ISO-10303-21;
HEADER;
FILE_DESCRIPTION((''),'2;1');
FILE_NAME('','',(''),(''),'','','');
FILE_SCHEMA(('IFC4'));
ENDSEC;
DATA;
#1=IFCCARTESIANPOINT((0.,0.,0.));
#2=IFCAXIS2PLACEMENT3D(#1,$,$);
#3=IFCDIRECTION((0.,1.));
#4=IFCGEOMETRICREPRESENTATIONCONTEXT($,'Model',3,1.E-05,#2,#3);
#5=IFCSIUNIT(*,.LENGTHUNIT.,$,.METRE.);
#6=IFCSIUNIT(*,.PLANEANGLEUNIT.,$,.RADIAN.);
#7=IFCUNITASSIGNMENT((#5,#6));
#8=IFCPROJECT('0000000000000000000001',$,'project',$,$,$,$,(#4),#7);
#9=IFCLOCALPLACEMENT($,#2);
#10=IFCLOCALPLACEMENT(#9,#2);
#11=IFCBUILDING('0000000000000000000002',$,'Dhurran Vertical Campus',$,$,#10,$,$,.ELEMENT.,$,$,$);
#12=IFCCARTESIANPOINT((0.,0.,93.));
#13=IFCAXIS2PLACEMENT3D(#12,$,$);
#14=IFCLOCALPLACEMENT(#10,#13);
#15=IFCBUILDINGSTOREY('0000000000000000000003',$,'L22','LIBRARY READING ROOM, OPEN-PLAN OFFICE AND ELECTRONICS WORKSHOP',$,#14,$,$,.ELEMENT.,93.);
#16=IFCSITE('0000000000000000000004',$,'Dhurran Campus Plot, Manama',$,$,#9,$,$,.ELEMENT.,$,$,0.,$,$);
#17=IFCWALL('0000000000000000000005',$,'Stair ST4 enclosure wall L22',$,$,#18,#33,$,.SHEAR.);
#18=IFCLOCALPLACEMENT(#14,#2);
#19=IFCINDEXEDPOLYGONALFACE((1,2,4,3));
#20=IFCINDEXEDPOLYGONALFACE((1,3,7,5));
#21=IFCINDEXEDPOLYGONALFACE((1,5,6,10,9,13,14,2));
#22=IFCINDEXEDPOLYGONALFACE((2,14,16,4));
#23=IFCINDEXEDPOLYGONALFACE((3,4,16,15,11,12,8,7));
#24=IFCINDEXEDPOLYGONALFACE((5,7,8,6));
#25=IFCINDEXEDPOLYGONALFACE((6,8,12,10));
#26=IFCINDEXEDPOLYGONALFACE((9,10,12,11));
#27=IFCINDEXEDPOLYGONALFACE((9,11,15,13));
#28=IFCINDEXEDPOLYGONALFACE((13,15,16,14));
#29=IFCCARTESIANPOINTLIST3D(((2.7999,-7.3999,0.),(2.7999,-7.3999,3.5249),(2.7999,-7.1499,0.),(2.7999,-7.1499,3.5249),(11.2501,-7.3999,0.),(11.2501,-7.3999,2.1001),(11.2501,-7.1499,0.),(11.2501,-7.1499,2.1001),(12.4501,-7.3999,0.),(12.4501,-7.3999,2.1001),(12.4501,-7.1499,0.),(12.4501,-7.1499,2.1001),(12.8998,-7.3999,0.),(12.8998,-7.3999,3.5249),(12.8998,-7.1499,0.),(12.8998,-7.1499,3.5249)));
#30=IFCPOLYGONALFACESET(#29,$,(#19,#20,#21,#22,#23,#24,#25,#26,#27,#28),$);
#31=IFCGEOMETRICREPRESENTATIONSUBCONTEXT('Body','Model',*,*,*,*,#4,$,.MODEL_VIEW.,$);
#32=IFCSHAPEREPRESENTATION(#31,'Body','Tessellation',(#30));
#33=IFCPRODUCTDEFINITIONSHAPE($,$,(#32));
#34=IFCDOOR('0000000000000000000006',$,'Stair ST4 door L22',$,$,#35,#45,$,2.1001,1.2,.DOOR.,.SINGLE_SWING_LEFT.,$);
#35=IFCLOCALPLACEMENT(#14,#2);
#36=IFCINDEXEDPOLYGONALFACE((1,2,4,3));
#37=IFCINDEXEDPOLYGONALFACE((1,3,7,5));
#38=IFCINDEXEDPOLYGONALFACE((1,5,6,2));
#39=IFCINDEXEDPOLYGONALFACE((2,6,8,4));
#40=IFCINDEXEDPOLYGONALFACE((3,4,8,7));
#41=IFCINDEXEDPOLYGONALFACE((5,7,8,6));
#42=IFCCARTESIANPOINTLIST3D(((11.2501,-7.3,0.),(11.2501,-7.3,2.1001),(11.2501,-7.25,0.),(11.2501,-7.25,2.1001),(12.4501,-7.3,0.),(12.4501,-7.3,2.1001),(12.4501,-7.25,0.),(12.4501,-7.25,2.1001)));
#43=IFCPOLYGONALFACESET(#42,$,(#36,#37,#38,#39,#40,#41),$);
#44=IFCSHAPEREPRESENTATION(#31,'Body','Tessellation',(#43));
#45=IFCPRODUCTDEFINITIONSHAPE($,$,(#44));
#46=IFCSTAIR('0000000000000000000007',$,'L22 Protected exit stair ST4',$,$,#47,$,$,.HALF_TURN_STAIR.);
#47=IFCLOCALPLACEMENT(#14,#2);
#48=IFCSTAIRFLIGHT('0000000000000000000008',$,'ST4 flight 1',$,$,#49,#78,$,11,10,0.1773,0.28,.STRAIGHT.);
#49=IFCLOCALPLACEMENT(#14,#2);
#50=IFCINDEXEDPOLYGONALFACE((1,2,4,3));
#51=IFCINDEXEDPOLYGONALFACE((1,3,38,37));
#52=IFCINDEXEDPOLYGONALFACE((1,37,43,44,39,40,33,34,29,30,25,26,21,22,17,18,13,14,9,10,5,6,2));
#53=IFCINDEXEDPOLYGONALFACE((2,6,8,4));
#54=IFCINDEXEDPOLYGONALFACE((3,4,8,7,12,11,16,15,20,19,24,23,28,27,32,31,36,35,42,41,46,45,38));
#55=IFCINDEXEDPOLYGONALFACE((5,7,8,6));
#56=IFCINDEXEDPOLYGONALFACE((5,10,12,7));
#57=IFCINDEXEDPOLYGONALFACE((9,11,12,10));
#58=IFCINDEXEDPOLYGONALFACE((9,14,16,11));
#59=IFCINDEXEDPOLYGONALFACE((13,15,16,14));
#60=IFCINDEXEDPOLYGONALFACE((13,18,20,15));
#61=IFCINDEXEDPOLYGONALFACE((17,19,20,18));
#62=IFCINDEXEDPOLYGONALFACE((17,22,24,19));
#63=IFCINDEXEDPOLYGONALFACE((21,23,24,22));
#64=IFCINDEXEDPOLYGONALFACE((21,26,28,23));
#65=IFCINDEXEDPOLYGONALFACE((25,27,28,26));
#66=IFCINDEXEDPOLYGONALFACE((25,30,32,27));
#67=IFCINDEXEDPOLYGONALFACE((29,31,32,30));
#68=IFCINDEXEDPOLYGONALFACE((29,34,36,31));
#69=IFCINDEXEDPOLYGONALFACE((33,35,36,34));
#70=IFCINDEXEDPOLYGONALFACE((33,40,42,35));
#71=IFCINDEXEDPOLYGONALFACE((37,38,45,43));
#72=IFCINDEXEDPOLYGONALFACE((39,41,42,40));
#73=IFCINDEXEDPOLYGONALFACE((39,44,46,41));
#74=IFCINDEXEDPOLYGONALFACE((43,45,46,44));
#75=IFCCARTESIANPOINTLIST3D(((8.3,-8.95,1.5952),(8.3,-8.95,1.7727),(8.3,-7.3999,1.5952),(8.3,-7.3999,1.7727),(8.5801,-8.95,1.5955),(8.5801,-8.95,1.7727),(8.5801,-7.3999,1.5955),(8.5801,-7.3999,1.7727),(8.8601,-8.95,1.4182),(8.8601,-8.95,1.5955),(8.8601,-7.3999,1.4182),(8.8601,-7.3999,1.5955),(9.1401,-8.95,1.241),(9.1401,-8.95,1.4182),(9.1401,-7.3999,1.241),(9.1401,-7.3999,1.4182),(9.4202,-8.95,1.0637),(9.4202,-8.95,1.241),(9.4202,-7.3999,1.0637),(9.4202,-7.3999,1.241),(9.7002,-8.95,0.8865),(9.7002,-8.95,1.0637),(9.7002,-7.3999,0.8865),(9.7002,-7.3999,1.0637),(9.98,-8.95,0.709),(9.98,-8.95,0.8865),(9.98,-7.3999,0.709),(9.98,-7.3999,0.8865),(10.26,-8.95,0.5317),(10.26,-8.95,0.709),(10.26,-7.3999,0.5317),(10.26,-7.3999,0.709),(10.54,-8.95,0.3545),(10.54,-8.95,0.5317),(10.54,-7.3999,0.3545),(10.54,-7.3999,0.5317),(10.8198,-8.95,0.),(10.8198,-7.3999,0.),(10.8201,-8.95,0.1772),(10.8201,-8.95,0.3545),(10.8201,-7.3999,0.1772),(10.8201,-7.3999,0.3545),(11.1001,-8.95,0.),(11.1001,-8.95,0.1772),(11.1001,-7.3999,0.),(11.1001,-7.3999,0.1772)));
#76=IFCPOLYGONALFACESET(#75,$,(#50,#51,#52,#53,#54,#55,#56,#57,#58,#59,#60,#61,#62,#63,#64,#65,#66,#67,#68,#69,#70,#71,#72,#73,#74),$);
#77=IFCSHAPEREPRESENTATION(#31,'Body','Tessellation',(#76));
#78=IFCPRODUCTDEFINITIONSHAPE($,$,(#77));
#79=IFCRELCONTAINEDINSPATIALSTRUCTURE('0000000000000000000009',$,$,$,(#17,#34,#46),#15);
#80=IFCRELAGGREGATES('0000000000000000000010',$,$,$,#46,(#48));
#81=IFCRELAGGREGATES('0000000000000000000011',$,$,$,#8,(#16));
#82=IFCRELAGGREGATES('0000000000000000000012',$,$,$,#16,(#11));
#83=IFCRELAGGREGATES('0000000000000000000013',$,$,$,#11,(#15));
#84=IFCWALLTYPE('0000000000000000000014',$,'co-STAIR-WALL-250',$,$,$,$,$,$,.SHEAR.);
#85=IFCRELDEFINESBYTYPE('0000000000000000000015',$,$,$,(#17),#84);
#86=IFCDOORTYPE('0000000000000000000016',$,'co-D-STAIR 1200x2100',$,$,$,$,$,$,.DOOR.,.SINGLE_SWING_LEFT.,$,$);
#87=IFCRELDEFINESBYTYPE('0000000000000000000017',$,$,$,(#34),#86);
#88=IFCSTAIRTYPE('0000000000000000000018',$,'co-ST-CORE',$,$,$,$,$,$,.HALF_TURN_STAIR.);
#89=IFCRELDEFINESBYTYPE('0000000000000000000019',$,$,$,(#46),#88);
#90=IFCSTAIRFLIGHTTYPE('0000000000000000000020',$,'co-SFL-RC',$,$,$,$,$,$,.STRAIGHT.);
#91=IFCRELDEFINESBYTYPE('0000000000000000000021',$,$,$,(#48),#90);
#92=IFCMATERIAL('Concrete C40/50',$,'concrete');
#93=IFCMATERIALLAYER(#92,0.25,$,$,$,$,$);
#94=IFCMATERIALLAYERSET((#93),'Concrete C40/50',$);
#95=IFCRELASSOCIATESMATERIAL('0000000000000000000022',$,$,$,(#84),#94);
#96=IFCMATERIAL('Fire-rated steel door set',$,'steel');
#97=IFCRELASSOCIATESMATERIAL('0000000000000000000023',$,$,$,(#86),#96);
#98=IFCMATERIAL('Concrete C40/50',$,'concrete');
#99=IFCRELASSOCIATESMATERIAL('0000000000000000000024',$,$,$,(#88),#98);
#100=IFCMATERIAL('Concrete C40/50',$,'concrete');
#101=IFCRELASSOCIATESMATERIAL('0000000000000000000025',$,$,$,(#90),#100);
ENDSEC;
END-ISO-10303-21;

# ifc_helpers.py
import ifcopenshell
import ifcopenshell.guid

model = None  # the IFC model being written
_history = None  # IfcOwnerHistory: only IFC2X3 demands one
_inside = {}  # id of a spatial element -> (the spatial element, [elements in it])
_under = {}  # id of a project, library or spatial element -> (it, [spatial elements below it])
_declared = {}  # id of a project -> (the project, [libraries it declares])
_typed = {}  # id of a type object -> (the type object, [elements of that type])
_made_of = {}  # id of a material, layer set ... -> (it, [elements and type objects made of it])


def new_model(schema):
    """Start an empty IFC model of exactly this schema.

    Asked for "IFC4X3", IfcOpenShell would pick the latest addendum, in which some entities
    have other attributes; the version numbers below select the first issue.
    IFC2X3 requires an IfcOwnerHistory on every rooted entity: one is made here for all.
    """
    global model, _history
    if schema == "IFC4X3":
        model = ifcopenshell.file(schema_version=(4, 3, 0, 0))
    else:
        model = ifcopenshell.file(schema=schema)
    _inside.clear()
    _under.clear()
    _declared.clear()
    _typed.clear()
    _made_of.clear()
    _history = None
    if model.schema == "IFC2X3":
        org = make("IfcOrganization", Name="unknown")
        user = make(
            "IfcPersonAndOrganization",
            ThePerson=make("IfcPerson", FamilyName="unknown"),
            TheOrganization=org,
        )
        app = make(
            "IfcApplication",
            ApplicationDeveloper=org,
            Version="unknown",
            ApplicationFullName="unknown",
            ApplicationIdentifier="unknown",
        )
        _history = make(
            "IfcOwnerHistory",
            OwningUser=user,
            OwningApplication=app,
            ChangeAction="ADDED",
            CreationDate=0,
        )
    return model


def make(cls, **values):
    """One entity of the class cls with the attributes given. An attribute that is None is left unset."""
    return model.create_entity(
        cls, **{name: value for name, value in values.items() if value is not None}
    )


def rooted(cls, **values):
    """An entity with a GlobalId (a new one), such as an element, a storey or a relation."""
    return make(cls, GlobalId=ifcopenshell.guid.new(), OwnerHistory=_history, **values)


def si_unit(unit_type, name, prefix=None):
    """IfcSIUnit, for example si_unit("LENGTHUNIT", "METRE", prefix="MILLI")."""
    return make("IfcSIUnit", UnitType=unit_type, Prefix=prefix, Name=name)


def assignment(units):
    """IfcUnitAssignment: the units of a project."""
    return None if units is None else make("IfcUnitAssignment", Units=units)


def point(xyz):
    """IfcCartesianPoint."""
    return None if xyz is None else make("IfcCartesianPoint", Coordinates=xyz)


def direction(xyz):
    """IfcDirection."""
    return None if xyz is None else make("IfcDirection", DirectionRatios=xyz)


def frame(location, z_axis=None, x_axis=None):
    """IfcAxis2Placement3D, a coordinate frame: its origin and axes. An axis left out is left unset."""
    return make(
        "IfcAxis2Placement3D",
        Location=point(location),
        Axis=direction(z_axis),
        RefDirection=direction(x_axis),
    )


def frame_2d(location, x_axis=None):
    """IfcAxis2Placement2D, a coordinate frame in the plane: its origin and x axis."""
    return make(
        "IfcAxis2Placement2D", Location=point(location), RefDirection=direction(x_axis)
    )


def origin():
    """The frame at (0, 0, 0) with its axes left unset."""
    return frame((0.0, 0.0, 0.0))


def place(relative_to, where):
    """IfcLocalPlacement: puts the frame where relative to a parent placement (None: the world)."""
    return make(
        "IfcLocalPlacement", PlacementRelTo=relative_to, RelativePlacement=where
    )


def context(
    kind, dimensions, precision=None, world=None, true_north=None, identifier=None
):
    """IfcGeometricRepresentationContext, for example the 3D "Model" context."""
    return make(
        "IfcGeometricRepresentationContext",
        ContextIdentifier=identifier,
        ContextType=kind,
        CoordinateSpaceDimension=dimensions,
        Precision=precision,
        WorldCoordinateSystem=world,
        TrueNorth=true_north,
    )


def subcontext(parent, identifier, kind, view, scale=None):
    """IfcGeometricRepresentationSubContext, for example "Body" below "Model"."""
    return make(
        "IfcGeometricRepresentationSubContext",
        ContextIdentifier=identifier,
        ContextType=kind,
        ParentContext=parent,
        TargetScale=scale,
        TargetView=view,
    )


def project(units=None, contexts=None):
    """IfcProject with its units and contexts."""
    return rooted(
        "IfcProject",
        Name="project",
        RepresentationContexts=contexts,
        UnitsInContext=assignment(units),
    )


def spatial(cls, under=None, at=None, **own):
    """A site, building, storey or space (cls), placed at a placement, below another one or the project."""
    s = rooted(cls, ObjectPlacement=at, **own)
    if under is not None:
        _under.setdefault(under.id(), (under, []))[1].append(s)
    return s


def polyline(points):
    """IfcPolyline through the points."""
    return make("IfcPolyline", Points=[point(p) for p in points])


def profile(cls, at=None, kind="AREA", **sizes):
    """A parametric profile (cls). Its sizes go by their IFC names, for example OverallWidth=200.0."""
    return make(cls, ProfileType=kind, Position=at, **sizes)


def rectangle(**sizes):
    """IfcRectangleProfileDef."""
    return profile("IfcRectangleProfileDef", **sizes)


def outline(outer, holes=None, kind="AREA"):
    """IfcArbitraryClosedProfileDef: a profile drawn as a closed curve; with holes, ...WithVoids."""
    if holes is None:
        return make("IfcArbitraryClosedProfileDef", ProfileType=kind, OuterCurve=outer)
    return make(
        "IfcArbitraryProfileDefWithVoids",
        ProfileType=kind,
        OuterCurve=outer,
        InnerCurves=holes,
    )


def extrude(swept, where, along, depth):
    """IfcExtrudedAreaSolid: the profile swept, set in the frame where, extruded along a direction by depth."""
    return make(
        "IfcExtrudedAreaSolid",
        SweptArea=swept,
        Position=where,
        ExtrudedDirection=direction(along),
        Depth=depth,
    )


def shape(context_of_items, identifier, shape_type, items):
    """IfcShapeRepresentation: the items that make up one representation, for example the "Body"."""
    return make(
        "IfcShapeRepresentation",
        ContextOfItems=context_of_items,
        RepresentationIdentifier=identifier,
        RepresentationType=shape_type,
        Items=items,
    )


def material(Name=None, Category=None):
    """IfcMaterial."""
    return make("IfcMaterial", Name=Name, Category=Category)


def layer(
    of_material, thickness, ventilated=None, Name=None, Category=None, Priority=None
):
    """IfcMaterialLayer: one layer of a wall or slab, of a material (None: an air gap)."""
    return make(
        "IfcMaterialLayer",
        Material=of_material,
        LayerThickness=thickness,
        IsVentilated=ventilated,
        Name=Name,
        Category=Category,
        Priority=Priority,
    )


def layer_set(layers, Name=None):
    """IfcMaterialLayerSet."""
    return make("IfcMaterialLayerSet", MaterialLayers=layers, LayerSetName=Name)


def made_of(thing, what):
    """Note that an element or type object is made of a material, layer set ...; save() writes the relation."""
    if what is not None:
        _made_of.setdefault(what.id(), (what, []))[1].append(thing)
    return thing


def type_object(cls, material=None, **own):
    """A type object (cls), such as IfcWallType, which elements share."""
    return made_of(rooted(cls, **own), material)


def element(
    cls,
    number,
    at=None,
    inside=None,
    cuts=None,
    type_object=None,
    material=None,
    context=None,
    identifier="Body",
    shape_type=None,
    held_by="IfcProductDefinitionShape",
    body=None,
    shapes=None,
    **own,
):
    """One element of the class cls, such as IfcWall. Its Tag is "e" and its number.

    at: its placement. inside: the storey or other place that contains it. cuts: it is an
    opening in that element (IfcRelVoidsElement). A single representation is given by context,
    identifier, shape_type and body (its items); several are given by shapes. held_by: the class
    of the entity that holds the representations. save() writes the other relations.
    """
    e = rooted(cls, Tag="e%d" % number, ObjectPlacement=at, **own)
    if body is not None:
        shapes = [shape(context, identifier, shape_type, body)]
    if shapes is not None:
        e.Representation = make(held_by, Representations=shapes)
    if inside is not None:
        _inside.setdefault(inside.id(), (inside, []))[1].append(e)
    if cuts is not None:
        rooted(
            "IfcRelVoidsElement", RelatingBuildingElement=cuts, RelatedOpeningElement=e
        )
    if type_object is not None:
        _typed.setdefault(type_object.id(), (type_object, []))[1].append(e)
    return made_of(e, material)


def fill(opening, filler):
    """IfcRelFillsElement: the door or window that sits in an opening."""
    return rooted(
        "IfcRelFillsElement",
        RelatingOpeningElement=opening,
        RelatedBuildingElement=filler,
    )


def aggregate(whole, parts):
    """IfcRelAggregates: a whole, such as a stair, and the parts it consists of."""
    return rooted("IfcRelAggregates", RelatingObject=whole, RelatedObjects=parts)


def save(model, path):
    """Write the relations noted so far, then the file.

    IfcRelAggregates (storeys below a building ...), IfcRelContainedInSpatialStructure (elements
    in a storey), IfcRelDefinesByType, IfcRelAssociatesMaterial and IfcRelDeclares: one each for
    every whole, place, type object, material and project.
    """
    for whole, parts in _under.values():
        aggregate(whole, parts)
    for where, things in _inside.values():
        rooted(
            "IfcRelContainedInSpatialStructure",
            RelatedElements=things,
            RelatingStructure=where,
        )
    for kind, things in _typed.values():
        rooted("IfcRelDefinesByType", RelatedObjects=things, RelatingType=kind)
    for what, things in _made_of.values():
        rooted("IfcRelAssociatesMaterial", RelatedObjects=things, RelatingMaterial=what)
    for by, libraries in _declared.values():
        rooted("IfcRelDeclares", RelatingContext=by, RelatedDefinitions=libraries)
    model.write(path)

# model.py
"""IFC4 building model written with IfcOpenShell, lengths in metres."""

from ifc_helpers import new_model, si_unit, direction, frame, frame_2d, origin, place, context, subcontext, project, spatial, polyline, rectangle, outline, extrude, material, layer, layer_set, type_object, element, fill, aggregate, save


model = new_model("IFC4")

# Units and contexts
model_context = context("Model", 3, precision=1e-05, world=origin(), true_north=direction((0.0, 1.0)))
body_context = subcontext(model_context, "Body", "Model", "MODEL_VIEW")
ifc_project = project(units=[si_unit("LENGTHUNIT", "METRE"), si_unit("PLANEANGLEUNIT", "RADIAN")], contexts=[model_context])

# Site, building, storey
site_placement = place(None, origin())
site = spatial("IfcSite", under=ifc_project, at=site_placement, Name="Dhurran Campus Plot, Manama", CompositionType="ELEMENT", RefElevation=0.0)
building_placement = place(site_placement, origin())
building = spatial("IfcBuilding", under=site, at=building_placement, Name="Dhurran Vertical Campus", CompositionType="ELEMENT")
storey_placement = place(building_placement, frame((0.0, 0.0, 93.0)))
storey = spatial("IfcBuildingStorey", under=building, at=storey_placement, Name="L22", Description="LIBRARY READING ROOM, OPEN-PLAN OFFICE AND ELECTRONICS WORKSHOP", CompositionType="ELEMENT", Elevation=93.0)

# Wall, opening, door
ifc_material_1 = material(Name="Concrete C40/50", Category="concrete")
ifc_layer_1 = layer(ifc_material_1, 0.25)
ifc_layer_set_1 = layer_set([ifc_layer_1], Name="Concrete C40/50")
wall_type_1 = type_object("IfcWallType", Name="co-STAIR-WALL-250", PredefinedType="SHEAR", material=ifc_layer_set_1)
wall_1_placement = place(storey_placement, frame((2.8, -7.2749, 0.0), z_axis=(0.0, 0.0, 1.0), x_axis=(1.0, 0.0, 0.0)))
wall_1 = element("IfcWall", 1, at=wall_1_placement, inside=storey, type_object=wall_type_1, Name="Stair ST4 enclosure wall L22", PredefinedType="SHEAR", context=body_context, shape_type="SweptSolid", body=[
    extrude(rectangle(XDim=10.0999, YDim=0.25, at=frame_2d((5.0498, 0.0))), origin(), (0.0, 0.0, 1.0), 3.5249),
])
opening_1_placement = place(wall_1_placement, frame((8.45, 0.0, 0.0)))
opening_1 = element("IfcOpeningElement", 2, at=opening_1_placement, cuts=wall_1, PredefinedType="OPENING", context=body_context, shape_type="SweptSolid", body=[
    extrude(rectangle(XDim=1.2, YDim=2.1001, at=frame_2d((0.6001, 1.05))), frame((0.0, 0.135, 0.0), z_axis=(0.0, -1.0, 0.0), x_axis=(1.0, 0.0, 0.0)), (0.0, 0.0, 1.0), 0.27),
])
ifc_material_2 = material(Name="Fire-rated steel door set", Category="steel")
door_type_1 = type_object("IfcDoorType", Name="co-D-STAIR 1200x2100", OperationType="SINGLE_SWING_LEFT", PredefinedType="DOOR", material=ifc_material_2)
door_1_placement = place(opening_1_placement, origin())
door_1 = element("IfcDoor", 3, at=door_1_placement, inside=storey, type_object=door_type_1, Name="Stair ST4 door L22", OperationType="SINGLE_SWING_LEFT", OverallHeight=2.1001, OverallWidth=1.2, PredefinedType="DOOR", context=body_context, shape_type="SweptSolid", body=[
    extrude(rectangle(XDim=1.2, YDim=2.1001, at=frame_2d((0.6001, 1.05))), frame((0.0, 0.0249, 0.0), z_axis=(0.0, -1.0, 0.0), x_axis=(1.0, 0.0, 0.0)), (0.0, 0.0, 1.0), 0.05),
])
fill(opening_1, door_1)

# Stair, stair flight
ifc_material_3 = material(Name="Concrete C40/50", Category="concrete")
stair_type = type_object("IfcStairType", Name="co-ST-CORE", PredefinedType="HALF_TURN_STAIR", material=ifc_material_3)
stair_placement = place(storey_placement, origin())
stair = element("IfcStair", 4, at=stair_placement, inside=storey, type_object=stair_type, Name="L22 Protected exit stair ST4", PredefinedType="HALF_TURN_STAIR")
ifc_material_4 = material(Name="Concrete C40/50", Category="concrete")
stair_flight_type = type_object("IfcStairFlightType", Name="co-SFL-RC", PredefinedType="STRAIGHT", material=ifc_material_4)
stair_flight_placement = place(storey_placement, frame((11.1001, -8.175, 0.0), z_axis=(0.0, 0.0, 1.0), x_axis=(-1.0, 0.0, 0.0)))
stair_flight = element("IfcStairFlight", 5, at=stair_flight_placement, type_object=stair_flight_type, Name="ST4 flight 1", NumberOfRisers=11, NumberOfTreads=10, PredefinedType="STRAIGHT", RiserHeight=0.1773, TreadLength=0.28, context=body_context, shape_type="SweptSolid", body=[
    extrude(outline(polyline([(0.0, 0.0), (0.0, 0.1772), (0.28, 0.1772), (0.28, 0.3545), (0.5601, 0.3545), (0.5601, 0.5317), (0.8401, 0.5317), (0.8401, 0.709), (1.1201, 0.709), (1.1201, 0.8865), (1.3999, 0.8865), (1.3999, 1.0637), (1.6799, 1.0637), (1.6799, 1.241), (1.96, 1.241), (1.96, 1.4182), (2.24, 1.4182), (2.24, 1.5955), (2.52, 1.5955), (2.52, 1.7727), (2.8, 1.7727), (2.8, 1.95), (2.8, 1.5952), (0.2803, 0.0), (0.0, 0.0)])), frame((0.0, 0.7749, 0.0), z_axis=(0.0, -1.0, 0.0), x_axis=(1.0, 0.0, 0.0)), (0.0, 0.0, 1.0), 1.55),
])
aggregate(stair, [stair_flight])

save(model, "model.ifc")
